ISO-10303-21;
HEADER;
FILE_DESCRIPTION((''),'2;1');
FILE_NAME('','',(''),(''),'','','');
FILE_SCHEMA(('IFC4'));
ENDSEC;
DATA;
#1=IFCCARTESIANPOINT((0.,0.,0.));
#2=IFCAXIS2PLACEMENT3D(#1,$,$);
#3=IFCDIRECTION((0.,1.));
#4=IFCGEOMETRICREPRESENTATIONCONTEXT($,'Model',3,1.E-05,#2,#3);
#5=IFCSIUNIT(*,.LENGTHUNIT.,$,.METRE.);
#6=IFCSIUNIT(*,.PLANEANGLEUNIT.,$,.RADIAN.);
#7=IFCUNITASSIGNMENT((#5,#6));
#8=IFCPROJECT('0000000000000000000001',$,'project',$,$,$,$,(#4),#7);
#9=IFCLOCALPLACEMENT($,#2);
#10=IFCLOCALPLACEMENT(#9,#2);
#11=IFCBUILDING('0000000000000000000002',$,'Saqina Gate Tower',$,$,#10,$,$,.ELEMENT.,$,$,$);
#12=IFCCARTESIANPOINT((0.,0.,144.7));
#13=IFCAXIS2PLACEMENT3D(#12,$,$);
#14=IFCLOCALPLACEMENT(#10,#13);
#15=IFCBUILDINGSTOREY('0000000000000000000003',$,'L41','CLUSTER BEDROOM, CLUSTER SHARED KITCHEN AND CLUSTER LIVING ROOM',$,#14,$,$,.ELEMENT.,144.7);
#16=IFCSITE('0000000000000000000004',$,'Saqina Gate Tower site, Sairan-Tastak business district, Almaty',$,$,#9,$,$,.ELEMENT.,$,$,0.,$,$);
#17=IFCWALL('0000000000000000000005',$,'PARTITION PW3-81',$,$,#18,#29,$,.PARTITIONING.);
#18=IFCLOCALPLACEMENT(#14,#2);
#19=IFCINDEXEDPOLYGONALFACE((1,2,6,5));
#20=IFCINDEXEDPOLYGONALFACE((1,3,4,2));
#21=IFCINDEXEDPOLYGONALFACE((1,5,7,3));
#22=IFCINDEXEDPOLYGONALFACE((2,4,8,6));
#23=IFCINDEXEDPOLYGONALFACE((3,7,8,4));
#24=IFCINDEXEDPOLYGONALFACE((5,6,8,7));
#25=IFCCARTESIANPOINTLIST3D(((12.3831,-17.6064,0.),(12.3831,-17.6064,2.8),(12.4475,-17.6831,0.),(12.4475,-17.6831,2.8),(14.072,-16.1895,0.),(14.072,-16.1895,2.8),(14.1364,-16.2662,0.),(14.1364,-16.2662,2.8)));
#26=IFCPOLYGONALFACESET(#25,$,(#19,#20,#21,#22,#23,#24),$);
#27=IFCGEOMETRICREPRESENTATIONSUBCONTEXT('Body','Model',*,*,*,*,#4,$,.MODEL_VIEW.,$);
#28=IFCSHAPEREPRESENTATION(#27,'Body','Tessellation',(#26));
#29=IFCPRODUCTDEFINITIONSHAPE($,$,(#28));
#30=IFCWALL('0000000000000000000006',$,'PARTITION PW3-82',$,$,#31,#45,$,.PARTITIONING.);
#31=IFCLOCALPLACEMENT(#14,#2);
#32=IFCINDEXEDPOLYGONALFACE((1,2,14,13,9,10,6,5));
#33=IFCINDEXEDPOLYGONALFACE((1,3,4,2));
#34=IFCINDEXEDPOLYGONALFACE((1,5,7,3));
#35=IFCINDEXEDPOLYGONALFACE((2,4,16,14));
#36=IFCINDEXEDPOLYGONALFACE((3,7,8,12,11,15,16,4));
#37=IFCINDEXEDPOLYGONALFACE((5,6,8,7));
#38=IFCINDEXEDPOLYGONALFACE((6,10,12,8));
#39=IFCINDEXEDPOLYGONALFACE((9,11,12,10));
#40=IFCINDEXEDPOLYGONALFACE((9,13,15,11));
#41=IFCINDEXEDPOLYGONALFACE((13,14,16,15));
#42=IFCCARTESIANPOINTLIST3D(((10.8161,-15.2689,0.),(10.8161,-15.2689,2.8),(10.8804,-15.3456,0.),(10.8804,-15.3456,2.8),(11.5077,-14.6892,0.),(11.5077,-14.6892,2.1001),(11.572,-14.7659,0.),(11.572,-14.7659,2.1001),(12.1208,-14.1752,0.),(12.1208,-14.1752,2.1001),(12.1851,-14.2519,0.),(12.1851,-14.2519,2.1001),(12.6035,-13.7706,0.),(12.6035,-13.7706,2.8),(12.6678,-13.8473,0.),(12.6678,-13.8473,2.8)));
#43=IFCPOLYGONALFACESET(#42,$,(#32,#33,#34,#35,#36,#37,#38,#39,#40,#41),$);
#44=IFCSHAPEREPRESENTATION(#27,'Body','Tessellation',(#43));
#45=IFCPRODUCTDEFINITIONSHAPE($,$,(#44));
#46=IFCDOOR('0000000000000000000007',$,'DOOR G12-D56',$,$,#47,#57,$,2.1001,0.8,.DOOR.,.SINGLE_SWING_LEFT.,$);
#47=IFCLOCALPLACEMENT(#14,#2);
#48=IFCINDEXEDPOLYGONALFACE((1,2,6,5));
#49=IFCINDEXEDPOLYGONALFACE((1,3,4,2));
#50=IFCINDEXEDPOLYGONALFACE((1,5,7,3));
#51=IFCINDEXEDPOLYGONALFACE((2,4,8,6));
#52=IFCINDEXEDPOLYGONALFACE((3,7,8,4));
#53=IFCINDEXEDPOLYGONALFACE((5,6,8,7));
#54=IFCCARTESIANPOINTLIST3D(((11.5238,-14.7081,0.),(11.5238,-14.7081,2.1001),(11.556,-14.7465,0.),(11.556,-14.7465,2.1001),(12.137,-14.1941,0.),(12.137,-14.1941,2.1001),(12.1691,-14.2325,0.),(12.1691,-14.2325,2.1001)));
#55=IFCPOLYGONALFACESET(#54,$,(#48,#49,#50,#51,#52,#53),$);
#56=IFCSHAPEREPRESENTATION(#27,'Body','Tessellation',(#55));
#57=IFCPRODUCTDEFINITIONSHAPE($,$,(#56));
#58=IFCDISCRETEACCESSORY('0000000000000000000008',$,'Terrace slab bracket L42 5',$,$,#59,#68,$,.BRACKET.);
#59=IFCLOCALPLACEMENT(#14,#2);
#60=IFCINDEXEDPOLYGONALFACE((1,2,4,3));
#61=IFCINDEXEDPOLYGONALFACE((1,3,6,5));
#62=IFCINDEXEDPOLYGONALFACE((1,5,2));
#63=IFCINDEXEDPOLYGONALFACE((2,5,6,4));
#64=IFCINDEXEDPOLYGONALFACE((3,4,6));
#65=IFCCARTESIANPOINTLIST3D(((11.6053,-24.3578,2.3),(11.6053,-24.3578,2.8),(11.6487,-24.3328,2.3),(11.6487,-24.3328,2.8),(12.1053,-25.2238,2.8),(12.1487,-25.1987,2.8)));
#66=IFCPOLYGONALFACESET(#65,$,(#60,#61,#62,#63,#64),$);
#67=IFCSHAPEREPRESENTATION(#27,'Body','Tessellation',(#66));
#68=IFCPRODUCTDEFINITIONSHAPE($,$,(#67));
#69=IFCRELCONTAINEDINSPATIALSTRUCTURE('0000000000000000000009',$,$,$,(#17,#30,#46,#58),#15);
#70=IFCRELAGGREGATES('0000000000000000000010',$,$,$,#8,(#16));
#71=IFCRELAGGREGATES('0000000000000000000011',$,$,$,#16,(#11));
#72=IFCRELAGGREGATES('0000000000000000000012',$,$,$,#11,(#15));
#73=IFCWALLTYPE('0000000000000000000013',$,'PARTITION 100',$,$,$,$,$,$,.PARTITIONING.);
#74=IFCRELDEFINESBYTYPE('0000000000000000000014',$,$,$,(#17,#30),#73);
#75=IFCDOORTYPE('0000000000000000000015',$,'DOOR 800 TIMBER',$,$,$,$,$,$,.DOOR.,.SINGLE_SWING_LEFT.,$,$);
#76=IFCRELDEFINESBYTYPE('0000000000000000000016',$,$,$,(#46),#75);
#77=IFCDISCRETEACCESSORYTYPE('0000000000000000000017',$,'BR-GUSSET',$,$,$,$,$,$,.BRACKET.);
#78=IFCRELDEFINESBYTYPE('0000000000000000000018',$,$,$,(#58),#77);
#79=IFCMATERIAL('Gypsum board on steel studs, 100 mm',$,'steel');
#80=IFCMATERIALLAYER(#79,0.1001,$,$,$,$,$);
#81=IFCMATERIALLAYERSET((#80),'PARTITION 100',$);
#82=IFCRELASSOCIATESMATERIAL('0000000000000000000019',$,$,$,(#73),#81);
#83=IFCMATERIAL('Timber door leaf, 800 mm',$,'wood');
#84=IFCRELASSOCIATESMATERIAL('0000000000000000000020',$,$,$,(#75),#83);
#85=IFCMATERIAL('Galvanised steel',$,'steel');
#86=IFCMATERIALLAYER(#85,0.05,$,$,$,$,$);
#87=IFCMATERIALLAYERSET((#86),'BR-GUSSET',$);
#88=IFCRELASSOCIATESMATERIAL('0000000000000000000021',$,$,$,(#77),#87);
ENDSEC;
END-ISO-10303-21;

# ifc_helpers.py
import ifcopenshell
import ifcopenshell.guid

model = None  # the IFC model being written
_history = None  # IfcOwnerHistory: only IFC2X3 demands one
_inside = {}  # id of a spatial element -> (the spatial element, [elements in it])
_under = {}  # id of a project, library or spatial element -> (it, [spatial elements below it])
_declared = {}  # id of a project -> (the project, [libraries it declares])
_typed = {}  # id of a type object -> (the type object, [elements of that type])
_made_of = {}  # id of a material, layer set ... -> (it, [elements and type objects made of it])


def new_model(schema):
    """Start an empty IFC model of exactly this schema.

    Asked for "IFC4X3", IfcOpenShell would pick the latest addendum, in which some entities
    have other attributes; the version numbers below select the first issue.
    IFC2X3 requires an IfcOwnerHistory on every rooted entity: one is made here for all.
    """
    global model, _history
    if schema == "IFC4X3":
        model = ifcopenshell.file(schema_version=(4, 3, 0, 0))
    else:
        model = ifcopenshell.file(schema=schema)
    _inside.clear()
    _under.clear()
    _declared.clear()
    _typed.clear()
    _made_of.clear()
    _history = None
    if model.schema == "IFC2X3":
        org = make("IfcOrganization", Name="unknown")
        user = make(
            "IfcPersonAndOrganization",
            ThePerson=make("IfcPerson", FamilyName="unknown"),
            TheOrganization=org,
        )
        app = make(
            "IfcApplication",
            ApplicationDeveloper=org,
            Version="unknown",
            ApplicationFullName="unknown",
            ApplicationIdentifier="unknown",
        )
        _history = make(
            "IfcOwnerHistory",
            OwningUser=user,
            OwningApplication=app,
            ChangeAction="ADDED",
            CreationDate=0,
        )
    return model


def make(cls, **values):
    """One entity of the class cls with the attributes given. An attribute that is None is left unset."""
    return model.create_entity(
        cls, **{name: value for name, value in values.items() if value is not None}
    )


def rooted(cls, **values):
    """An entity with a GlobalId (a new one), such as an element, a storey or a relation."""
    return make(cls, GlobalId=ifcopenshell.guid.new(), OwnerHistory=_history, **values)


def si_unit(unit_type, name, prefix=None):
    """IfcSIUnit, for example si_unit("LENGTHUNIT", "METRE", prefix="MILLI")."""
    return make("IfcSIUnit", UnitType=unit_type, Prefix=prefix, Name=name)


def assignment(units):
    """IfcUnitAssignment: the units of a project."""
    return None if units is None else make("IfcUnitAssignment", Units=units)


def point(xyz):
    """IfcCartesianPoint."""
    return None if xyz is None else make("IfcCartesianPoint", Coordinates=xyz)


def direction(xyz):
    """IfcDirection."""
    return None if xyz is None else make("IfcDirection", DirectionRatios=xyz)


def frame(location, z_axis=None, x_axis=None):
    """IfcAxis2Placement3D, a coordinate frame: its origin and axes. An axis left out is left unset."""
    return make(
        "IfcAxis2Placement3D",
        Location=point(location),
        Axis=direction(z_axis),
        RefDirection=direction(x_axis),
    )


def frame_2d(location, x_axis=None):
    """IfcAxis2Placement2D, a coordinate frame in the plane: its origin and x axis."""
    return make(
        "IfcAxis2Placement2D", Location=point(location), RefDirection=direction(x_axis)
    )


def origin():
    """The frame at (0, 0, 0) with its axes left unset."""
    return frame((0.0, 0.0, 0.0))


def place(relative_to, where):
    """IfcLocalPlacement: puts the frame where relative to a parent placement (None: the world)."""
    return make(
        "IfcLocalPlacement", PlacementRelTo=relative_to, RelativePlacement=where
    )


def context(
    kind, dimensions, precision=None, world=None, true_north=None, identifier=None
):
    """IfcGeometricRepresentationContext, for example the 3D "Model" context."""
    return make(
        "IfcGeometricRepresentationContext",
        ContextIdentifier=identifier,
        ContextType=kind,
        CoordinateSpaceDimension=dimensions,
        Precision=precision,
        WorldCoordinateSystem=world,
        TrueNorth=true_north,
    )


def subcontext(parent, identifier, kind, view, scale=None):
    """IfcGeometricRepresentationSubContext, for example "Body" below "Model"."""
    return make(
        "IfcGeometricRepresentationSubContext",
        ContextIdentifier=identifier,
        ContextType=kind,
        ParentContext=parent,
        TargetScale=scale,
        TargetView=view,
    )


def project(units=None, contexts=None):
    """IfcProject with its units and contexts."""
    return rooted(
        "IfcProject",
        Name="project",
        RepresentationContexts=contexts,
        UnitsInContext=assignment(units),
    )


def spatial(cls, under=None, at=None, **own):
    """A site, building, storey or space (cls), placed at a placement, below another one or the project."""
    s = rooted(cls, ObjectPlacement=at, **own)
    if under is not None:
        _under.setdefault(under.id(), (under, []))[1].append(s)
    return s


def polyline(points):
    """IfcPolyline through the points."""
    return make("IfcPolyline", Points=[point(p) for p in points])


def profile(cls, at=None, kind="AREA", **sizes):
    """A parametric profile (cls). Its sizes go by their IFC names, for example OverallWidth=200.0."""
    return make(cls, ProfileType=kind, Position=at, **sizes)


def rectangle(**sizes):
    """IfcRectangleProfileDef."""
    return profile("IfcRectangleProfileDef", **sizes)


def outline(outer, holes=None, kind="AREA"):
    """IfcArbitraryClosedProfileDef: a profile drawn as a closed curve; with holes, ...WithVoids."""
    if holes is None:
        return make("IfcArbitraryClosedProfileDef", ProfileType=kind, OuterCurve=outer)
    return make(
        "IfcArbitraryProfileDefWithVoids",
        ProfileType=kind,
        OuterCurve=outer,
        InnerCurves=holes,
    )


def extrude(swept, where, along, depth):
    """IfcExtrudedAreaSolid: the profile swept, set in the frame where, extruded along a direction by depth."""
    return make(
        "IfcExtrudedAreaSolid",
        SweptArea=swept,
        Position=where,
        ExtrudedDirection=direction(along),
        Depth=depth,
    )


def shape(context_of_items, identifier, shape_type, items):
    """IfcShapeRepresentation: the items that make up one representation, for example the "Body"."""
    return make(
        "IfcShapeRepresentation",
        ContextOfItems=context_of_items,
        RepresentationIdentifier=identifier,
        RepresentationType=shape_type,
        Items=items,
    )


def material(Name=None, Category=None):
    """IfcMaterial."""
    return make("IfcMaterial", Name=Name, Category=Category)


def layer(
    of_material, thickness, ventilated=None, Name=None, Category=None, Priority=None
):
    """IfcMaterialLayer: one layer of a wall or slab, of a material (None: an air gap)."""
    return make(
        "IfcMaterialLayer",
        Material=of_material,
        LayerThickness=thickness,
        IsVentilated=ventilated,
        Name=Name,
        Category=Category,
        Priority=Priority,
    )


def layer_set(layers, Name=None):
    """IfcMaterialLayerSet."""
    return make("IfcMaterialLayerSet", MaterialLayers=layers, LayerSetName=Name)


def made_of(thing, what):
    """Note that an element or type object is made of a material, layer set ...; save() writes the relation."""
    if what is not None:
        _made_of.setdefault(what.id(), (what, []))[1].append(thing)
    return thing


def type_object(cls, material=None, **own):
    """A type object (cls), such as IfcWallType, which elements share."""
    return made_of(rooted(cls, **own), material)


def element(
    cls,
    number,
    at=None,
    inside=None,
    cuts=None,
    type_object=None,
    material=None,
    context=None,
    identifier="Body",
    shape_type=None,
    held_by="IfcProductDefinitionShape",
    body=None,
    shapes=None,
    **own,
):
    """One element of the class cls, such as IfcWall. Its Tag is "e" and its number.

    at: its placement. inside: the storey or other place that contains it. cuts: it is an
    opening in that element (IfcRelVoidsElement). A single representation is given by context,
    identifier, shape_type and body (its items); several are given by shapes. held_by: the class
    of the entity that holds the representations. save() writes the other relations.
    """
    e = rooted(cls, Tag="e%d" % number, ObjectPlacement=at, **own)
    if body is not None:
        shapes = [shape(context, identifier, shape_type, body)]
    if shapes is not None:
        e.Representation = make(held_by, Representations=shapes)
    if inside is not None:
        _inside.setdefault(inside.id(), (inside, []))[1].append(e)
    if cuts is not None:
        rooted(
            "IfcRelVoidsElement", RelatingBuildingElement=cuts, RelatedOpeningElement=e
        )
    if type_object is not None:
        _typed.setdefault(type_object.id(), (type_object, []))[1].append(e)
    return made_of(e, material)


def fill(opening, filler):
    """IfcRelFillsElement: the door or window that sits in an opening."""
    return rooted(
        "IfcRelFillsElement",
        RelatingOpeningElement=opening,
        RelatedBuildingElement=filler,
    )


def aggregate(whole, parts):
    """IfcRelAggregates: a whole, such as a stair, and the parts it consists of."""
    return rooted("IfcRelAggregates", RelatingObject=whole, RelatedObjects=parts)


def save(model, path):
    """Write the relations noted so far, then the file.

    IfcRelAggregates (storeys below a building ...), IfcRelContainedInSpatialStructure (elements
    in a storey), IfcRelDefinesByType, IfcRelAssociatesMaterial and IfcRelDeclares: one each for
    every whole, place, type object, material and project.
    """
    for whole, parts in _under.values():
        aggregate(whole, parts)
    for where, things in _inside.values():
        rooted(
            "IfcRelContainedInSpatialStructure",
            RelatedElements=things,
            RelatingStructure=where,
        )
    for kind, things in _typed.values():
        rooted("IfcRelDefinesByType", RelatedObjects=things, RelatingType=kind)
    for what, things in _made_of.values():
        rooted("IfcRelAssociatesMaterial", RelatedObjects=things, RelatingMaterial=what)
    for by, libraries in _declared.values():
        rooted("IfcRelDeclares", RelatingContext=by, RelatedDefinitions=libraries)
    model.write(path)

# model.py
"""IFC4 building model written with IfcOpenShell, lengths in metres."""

from ifc_helpers import new_model, si_unit, direction, frame, frame_2d, origin, place, context, subcontext, project, spatial, polyline, rectangle, outline, extrude, material, layer, layer_set, type_object, element, fill, save


model = new_model("IFC4")

# Units and contexts
model_context = context("Model", 3, precision=1e-05, world=origin(), true_north=direction((0.0, 1.0)))
body_context = subcontext(model_context, "Body", "Model", "MODEL_VIEW")
ifc_project = project(units=[si_unit("LENGTHUNIT", "METRE"), si_unit("PLANEANGLEUNIT", "RADIAN")], contexts=[model_context])

# Site, building, storey
site_placement = place(None, origin())
site = spatial("IfcSite", under=ifc_project, at=site_placement, Name="Saqina Gate Tower site, Sairan-Tastak business district, Almaty", CompositionType="ELEMENT", RefElevation=0.0)
building_placement = place(site_placement, origin())
building = spatial("IfcBuilding", under=site, at=building_placement, Name="Saqina Gate Tower", CompositionType="ELEMENT")
storey_placement = place(building_placement, frame((0.0, 0.0, 144.7)))
storey = spatial("IfcBuildingStorey", under=building, at=storey_placement, Name="L41", Description="CLUSTER BEDROOM, CLUSTER SHARED KITCHEN AND CLUSTER LIVING ROOM", CompositionType="ELEMENT", Elevation=144.7)

# Shared definitions
ifc_material_1 = material(Name="Gypsum board on steel studs, 100 mm", Category="steel")
ifc_layer_1 = layer(ifc_material_1, 0.1001)
ifc_layer_set_1 = layer_set([ifc_layer_1], Name="PARTITION 100")
wall_type_1 = type_object("IfcWallType", Name="PARTITION 100", PredefinedType="PARTITIONING", material=ifc_layer_set_1)

# Shared definitions
ifc_material_2 = material(Name="Timber door leaf, 800 mm", Category="wood")
door_type = type_object("IfcDoorType", Name="DOOR 800 TIMBER", OperationType="SINGLE_SWING_LEFT", PredefinedType="DOOR", material=ifc_material_2)

# Wall
wall_1_placement = place(storey_placement, frame((12.4153, -17.6448, 0.0), z_axis=(0.0, 0.0, 1.0), x_axis=(0.766093, 0.64273, 0.0)))
element("IfcWall", 1, at=wall_1_placement, inside=storey, type_object=wall_type_1, Name="PARTITION PW3-81", PredefinedType="PARTITIONING", context=body_context, shape_type="SweptSolid", body=[
    extrude(rectangle(XDim=2.2046, YDim=0.1001, at=frame_2d((1.1023, 0.0))), origin(), (0.0, 0.0, 1.0), 2.8),
])

# Wall, opening, door
wall_2_placement = place(storey_placement, frame((10.8484, -15.3071, 0.0), z_axis=(0.0, 0.0, 1.0), x_axis=(0.766356, 0.642416, 0.0)))
wall_2 = element("IfcWall", 2, at=wall_2_placement, inside=storey, type_object=wall_type_1, Name="PARTITION PW3-82", PredefinedType="PARTITIONING", context=body_context, shape_type="SweptSolid", body=[
    extrude(rectangle(XDim=2.3323, YDim=0.1001, at=frame_2d((1.166, 0.0))), origin(), (0.0, 0.0, 1.0), 2.8),
])
opening_1_placement = place(wall_2_placement, frame((0.9023, 0.0, 0.0)))
opening_1 = element("IfcOpeningElement", 3, at=opening_1_placement, cuts=wall_2, PredefinedType="OPENING", context=body_context, shape_type="SweptSolid", body=[
    extrude(rectangle(XDim=0.8, YDim=2.1001, at=frame_2d((0.3999, 1.05))), frame((0.0, 0.062, 0.0), z_axis=(0.0, -1.0, 0.0), x_axis=(1.0, 0.0, 0.0)), (0.0, 0.0, 1.0), 0.124),
])
door_1_placement = place(opening_1_placement, frame((0.8, 0.0, 0.0), z_axis=(0.0, 0.0, 1.0), x_axis=(-1.0, 0.0, 0.0)))
door_1 = element("IfcDoor", 4, at=door_1_placement, inside=storey, type_object=door_type, Name="DOOR G12-D56", OperationType="SINGLE_SWING_LEFT", OverallHeight=2.1001, OverallWidth=0.8, PredefinedType="DOOR", context=body_context, shape_type="SweptSolid", body=[
    extrude(rectangle(XDim=0.8, YDim=2.1001, at=frame_2d((0.3999, 1.05))), frame((0.0, 0.0249, 0.0), z_axis=(0.0, -1.0, 0.0), x_axis=(1.0, 0.0, 0.0)), (0.0, 0.0, 1.0), 0.05),
])
fill(opening_1, door_1)

# Discrete accessory
ifc_material_3 = material(Name="Galvanised steel", Category="steel")
ifc_layer_2 = layer(ifc_material_3, 0.05)
ifc_layer_set_2 = layer_set([ifc_layer_2], Name="BR-GUSSET")
discrete_accessory_type = type_object("IfcDiscreteAccessoryType", Name="BR-GUSSET", PredefinedType="BRACKET", material=ifc_layer_set_2)
discrete_accessory_placement = place(storey_placement, frame((11.6487, -24.3328, 2.3), z_axis=(0.866011, 0.500025, 0.0), x_axis=(0.0, 0.0, 1.0)))
element("IfcDiscreteAccessory", 5, at=discrete_accessory_placement, inside=storey, type_object=discrete_accessory_type, Name="Terrace slab bracket L42 5", PredefinedType="BRACKET", context=body_context, shape_type="SweptSolid", body=[
    extrude(outline(polyline([(0.0, 0.0), (0.5, 0.0), (0.5, 0.9999), (0.0, 0.0)])), origin(), (0.0, 0.0, -1.0), 0.05),
])

save(model, "model.ifc")
